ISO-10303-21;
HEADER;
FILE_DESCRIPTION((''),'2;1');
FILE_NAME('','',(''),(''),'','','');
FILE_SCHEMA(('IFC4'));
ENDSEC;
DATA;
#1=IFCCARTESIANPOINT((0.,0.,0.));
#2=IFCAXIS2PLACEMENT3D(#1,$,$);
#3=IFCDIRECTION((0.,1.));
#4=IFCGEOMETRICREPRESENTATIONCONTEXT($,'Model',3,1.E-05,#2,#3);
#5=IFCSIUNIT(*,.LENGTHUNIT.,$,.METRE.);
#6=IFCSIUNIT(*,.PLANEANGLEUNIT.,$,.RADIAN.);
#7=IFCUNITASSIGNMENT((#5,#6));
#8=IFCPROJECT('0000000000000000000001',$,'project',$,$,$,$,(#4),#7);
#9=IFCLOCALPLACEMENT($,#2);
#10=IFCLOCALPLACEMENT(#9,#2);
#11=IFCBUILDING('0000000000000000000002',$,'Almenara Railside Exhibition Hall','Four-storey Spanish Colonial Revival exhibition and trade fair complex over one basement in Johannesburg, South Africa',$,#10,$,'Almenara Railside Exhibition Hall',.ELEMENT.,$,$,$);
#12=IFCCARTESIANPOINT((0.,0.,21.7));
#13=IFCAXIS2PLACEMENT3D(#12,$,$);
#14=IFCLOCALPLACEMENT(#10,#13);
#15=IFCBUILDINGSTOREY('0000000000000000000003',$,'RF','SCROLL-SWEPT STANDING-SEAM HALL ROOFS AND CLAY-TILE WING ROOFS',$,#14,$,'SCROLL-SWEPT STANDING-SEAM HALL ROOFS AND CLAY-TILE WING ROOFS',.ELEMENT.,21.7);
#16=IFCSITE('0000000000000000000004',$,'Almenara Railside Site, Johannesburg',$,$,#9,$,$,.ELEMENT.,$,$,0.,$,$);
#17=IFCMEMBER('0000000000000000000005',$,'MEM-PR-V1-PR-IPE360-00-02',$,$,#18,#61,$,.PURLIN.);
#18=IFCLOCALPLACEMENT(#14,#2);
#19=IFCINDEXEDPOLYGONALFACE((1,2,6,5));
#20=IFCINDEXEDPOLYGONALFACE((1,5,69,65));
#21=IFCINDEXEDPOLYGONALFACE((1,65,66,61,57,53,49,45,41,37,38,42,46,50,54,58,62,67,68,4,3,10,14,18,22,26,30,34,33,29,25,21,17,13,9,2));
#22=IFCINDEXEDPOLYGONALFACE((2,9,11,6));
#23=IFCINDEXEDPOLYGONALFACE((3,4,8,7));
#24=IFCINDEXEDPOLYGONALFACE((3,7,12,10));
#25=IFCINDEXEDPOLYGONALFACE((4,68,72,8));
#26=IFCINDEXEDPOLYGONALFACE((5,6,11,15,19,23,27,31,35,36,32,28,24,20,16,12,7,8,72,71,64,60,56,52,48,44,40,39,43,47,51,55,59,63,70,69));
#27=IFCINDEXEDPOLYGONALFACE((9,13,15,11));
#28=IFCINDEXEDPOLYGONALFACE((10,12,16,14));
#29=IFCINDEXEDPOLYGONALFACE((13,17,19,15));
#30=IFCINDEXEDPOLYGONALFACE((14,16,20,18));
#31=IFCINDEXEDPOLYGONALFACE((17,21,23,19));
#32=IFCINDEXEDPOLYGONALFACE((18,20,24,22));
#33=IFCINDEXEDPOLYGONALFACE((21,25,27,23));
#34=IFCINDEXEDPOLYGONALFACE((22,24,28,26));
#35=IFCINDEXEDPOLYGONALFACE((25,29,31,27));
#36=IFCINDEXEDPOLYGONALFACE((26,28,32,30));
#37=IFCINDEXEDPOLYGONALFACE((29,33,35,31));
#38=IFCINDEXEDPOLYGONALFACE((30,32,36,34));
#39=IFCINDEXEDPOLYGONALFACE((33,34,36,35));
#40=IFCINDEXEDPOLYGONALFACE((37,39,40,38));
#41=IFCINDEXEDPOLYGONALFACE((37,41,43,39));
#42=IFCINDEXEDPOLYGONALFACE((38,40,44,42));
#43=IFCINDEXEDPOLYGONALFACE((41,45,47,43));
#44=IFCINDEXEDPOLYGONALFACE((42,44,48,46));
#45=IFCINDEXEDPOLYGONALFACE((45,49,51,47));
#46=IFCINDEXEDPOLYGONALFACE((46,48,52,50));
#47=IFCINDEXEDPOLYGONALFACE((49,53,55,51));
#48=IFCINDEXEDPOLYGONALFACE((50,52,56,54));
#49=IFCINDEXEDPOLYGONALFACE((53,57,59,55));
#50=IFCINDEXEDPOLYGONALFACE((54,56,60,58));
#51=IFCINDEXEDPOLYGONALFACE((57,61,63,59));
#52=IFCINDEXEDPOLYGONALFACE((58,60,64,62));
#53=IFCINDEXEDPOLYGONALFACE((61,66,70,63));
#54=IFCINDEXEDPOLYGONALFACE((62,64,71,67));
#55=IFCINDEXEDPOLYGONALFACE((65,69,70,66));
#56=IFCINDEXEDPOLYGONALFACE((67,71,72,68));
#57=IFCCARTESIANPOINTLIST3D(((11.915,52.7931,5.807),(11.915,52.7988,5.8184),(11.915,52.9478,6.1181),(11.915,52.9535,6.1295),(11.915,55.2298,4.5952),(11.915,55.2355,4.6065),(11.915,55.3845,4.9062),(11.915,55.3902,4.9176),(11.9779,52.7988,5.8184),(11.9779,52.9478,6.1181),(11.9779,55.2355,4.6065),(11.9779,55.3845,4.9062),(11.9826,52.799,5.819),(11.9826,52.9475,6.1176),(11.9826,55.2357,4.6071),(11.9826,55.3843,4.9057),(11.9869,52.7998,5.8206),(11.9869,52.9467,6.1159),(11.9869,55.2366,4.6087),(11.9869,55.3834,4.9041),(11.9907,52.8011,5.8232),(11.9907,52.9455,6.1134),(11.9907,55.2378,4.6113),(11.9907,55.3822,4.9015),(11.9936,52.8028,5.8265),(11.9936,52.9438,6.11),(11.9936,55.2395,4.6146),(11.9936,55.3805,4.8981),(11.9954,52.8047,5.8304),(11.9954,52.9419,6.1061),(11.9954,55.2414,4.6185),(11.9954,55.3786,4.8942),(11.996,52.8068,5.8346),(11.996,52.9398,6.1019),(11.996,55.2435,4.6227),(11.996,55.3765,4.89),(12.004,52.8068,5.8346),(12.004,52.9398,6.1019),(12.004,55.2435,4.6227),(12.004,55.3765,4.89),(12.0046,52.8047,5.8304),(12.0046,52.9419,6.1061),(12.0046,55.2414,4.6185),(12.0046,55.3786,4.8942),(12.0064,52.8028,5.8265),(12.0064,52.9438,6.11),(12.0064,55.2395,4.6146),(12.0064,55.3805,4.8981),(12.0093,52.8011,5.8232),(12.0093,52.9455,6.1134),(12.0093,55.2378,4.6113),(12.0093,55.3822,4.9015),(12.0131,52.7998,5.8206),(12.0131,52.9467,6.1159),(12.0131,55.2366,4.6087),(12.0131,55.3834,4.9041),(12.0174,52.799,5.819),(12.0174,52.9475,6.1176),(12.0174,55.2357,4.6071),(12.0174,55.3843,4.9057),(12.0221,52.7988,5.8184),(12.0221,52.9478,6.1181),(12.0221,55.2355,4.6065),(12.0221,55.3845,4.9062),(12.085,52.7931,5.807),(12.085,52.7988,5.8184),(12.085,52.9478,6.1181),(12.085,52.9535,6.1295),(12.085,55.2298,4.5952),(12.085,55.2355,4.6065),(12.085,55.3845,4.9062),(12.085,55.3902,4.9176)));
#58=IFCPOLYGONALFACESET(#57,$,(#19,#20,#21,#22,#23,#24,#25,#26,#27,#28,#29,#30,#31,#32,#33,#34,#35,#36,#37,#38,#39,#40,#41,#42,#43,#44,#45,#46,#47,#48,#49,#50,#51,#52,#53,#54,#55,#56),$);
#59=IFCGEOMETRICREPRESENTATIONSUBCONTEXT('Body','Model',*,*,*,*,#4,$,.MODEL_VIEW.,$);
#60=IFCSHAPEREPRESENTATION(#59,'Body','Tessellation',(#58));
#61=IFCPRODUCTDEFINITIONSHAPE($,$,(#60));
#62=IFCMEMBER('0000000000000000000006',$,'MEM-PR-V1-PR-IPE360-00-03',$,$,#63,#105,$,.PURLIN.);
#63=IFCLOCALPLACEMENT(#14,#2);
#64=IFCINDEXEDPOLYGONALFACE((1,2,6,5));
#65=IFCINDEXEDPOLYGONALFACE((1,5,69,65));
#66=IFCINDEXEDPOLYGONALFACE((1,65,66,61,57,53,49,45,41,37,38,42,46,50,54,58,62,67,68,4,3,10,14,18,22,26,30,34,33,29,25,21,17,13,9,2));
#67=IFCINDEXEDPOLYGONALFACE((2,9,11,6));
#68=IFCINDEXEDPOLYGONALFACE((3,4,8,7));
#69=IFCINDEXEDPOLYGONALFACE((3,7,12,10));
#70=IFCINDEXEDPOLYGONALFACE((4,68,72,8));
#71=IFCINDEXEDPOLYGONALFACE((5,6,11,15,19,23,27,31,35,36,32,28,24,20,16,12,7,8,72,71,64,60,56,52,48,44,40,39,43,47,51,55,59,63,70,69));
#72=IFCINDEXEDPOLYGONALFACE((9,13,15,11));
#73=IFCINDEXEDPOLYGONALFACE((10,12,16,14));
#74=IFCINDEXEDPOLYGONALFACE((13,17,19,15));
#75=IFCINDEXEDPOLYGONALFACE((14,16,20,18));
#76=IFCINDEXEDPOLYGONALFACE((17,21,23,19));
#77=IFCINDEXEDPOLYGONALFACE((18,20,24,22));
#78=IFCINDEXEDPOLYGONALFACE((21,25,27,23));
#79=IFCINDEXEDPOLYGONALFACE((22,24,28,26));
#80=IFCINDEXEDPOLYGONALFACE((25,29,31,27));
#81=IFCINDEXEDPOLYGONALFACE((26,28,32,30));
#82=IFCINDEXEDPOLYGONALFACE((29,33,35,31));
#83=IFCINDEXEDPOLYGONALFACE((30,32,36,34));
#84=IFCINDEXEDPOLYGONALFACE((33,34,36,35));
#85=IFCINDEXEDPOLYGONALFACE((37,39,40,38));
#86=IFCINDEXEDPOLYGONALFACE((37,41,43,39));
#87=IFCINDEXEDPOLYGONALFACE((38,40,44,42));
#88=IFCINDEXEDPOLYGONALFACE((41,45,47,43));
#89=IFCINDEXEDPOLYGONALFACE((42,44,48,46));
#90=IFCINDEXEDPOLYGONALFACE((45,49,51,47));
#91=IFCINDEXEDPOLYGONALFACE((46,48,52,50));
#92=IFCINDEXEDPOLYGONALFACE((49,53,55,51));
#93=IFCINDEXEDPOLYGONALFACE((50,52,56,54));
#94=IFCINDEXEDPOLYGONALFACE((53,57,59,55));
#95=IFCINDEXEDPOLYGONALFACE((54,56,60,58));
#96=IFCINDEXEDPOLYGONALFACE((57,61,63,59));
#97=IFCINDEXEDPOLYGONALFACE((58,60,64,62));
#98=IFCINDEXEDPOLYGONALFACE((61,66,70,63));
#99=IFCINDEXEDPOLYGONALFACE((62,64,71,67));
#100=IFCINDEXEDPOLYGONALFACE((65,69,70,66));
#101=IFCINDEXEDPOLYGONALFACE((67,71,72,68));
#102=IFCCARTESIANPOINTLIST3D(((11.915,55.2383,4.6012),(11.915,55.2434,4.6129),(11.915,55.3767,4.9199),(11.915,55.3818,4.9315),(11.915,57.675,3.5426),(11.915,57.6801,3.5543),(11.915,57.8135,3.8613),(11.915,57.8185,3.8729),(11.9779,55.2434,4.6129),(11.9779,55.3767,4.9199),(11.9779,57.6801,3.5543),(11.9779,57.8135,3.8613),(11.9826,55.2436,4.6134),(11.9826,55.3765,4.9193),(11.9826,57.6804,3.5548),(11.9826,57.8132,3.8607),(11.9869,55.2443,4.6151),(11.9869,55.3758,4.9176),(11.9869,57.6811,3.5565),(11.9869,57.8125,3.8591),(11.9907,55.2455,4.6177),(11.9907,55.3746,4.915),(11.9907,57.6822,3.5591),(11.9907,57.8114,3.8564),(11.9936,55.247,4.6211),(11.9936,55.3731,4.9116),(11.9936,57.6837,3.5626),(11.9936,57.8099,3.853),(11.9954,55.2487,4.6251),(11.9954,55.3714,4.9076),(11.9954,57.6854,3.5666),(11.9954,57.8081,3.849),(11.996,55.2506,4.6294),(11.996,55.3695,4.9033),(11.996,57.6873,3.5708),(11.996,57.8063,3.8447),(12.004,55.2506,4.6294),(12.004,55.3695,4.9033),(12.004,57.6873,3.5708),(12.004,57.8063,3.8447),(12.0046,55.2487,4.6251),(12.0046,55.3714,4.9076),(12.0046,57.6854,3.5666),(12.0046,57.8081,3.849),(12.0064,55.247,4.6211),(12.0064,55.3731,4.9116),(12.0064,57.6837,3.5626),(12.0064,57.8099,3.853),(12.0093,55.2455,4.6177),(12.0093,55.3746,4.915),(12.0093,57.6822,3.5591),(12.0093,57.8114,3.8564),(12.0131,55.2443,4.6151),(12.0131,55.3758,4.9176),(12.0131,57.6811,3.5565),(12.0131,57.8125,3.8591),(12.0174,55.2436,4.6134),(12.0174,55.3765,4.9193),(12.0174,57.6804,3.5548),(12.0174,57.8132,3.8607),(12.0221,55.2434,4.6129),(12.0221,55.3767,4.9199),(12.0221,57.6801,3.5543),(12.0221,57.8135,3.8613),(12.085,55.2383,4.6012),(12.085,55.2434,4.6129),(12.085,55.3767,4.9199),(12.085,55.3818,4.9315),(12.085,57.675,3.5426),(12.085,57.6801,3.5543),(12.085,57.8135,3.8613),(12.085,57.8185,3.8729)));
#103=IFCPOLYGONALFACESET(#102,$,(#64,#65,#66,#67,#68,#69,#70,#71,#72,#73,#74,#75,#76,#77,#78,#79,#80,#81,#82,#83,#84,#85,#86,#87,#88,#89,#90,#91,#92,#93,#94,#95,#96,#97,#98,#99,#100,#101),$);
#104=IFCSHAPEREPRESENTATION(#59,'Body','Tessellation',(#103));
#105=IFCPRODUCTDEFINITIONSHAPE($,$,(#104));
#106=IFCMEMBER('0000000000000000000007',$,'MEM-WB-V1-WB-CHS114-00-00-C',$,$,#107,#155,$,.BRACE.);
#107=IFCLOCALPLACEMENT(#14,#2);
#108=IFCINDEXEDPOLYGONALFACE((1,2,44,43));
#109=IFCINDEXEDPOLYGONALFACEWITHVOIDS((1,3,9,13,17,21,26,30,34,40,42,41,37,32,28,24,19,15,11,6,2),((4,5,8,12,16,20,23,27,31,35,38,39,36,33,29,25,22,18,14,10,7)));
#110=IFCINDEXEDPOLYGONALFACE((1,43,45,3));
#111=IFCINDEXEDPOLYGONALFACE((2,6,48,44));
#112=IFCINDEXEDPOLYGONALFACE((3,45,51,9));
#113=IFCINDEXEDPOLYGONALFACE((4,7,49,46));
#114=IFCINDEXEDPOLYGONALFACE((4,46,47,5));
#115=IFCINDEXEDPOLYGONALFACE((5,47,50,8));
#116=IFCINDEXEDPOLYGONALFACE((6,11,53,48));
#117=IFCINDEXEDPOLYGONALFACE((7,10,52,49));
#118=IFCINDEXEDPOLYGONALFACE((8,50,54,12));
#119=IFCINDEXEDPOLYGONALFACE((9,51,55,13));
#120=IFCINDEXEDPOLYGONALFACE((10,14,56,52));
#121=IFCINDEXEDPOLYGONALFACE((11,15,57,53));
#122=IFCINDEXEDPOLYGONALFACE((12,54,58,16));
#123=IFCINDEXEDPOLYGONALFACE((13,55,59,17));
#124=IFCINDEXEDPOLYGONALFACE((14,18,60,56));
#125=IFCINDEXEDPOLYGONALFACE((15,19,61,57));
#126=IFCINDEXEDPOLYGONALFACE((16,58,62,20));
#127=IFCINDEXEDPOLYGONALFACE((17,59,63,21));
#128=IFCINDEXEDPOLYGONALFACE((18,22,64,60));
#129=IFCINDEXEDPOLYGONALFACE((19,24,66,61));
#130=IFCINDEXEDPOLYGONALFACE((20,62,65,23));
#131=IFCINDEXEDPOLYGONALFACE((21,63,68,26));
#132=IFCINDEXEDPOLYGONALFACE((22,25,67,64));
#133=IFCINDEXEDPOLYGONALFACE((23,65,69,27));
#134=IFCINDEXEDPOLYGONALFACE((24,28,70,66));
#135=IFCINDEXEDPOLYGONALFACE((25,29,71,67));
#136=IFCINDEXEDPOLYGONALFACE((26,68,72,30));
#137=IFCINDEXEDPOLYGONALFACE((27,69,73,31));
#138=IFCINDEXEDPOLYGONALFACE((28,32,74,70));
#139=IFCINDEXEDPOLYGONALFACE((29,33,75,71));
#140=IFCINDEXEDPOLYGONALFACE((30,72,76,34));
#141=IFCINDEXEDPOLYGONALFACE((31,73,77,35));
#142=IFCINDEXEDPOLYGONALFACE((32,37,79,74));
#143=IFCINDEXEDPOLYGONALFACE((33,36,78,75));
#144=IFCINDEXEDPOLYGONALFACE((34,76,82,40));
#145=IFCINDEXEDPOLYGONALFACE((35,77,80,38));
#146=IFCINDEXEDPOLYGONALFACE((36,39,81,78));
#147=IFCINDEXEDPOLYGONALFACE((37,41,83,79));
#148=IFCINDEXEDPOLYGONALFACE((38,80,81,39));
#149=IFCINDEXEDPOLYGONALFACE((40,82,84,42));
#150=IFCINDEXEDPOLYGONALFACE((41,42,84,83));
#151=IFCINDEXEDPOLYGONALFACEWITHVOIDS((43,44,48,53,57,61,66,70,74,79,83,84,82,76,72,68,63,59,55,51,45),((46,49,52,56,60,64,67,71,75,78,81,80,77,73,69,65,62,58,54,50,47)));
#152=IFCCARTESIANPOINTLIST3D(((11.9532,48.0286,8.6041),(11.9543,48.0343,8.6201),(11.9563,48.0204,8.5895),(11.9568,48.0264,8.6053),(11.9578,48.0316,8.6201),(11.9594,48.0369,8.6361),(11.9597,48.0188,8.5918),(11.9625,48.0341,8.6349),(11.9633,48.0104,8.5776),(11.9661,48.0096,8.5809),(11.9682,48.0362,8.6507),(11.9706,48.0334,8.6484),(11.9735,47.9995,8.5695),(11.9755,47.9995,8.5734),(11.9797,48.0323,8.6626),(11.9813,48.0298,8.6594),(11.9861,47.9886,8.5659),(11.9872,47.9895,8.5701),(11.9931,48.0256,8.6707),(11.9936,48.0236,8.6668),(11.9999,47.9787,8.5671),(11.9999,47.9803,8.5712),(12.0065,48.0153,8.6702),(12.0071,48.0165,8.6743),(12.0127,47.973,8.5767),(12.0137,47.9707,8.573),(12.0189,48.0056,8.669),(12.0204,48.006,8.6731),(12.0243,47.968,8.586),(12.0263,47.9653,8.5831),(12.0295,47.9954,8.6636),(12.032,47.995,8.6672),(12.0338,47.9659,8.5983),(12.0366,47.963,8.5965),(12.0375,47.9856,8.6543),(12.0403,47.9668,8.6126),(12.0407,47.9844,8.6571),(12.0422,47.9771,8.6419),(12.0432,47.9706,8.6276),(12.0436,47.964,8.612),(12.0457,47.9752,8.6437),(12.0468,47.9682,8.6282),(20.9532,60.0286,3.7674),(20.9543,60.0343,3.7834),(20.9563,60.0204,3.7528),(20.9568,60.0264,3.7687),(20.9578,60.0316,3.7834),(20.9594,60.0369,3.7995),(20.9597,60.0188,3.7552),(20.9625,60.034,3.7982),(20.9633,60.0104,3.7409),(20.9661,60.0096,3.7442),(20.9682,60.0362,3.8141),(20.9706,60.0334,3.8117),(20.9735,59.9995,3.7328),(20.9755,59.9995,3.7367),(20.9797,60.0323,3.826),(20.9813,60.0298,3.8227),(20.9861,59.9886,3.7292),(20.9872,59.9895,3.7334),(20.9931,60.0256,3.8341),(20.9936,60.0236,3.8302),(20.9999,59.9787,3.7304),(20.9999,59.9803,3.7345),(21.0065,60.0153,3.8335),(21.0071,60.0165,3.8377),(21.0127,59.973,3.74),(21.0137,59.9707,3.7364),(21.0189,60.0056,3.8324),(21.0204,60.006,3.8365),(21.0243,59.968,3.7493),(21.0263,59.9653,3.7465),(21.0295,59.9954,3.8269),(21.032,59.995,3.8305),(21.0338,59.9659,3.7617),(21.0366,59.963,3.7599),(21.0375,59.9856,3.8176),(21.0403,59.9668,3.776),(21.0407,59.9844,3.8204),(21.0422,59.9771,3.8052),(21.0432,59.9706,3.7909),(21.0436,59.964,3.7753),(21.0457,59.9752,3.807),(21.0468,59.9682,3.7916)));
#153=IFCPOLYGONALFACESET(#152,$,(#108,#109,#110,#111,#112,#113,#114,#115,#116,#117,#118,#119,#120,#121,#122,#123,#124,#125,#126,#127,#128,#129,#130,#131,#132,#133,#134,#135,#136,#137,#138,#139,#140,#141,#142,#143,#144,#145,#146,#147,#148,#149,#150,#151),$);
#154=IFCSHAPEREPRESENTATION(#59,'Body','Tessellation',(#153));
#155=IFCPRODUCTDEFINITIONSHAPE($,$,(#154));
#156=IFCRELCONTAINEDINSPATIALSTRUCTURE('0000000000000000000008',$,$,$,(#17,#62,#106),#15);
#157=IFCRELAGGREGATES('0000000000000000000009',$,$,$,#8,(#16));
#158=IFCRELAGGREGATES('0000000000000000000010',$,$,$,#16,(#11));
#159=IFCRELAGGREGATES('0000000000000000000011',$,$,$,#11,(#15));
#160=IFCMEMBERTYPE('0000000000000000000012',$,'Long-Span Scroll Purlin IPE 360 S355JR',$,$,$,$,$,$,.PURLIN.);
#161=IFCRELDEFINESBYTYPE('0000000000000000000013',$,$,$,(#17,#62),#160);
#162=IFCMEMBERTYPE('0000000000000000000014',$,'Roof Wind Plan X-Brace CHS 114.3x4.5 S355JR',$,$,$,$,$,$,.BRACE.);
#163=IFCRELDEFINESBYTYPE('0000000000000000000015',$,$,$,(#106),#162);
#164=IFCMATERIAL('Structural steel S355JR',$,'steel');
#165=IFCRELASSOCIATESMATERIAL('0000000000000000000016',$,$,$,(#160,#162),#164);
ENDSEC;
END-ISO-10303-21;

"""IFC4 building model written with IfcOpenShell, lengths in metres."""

from ifc_helpers import new_model, si_unit, direction, frame, origin, origin_2d, place, context, subcontext, project, spatial, hollow_circle, i_section, extrude, material, material_profile, profile_set, type_object, element, save


model = new_model("IFC4")

# Units and contexts
model_context = context("Model", 3, precision=1e-05, world=origin(), true_north=direction((0.0, 1.0)))
body_context = subcontext(model_context, "Body", "Model", "MODEL_VIEW")
ifc_project = project(units=[si_unit("LENGTHUNIT", "METRE"), si_unit("PLANEANGLEUNIT", "RADIAN")], contexts=[model_context])

# Site, building, storey
site_placement = place(None, origin())
site = spatial("IfcSite", under=ifc_project, at=site_placement, Name="Almenara Railside Site, Johannesburg", CompositionType="ELEMENT", RefElevation=0.0)
building_placement = place(site_placement, origin())
building = spatial("IfcBuilding", under=site, at=building_placement, Name="Almenara Railside Exhibition Hall", Description="Four-storey Spanish Colonial Revival exhibition and trade fair complex over one basement in Johannesburg, South Africa", LongName="Almenara Railside Exhibition Hall", CompositionType="ELEMENT")
storey_placement = place(building_placement, frame((0.0, 0.0, 21.7)))
storey = spatial("IfcBuildingStorey", under=building, at=storey_placement, Name="RF", Description="SCROLL-SWEPT STANDING-SEAM HALL ROOFS AND CLAY-TILE WING ROOFS", LongName="SCROLL-SWEPT STANDING-SEAM HALL ROOFS AND CLAY-TILE WING ROOFS", CompositionType="ELEMENT", Elevation=21.7)

# Shared definitions
ifc_material_1 = material(Name="Structural steel S355JR", Category="steel")

# Members
ifc_material_profile_1 = material_profile(ifc_material_1, i_section(OverallWidth=0.1699, OverallDepth=0.3601, WebThickness=0.0081, FlangeThickness=0.0127, FilletRadius=0.0181, at=origin_2d()), Name="IPE 360")
ifc_profile_set_1 = profile_set([ifc_material_profile_1], Name="Structural steel S355JR")
member_type_1 = type_object("IfcMemberType", Name="Long-Span Scroll Purlin IPE 360 S355JR", PredefinedType="PURLIN", material=ifc_profile_set_1)
member_1_placement = place(storey_placement, frame((12.0, 52.8733, 5.9683), z_axis=(0.0, 0.895376, -0.445311), x_axis=(-1.0, 0.0, 0.0)))
element("IfcMember", 1, at=member_1_placement, inside=storey, type_object=member_type_1, Name="MEM-PR-V1-PR-IPE360-00-02", PredefinedType="PURLIN", context=body_context, shape_type="SweptSolid", body=[
    extrude(i_section(OverallWidth=0.1699, OverallDepth=0.3601, WebThickness=0.0081, FlangeThickness=0.0127, FilletRadius=0.0181, at=origin_2d()), origin(), (0.0, 0.0, 1.0), 2.7214),
])
member_2_placement = place(storey_placement, frame((12.0, 55.3101, 4.7664), z_axis=(0.0, 0.91719, -0.398451), x_axis=(-1.0, 0.0, 0.0)))
element("IfcMember", 2, at=member_2_placement, inside=storey, type_object=member_type_1, Name="MEM-PR-V1-PR-IPE360-00-03", PredefinedType="PURLIN", context=body_context, shape_type="SweptSolid", body=[
    extrude(i_section(OverallWidth=0.1699, OverallDepth=0.3601, WebThickness=0.0081, FlangeThickness=0.0127, FilletRadius=0.0181, at=origin_2d()), origin(), (0.0, 0.0, 1.0), 2.6567),
])
ifc_material_profile_2 = material_profile(ifc_material_1, hollow_circle(Radius=0.0571, WallThickness=0.0044, at=origin_2d()), Name="CHS 114.3x4.5")
ifc_profile_set_2 = profile_set([ifc_material_profile_2], Name="Structural steel S355JR")
member_type_2 = type_object("IfcMemberType", Name="Roof Wind Plan X-Brace CHS 114.3x4.5 S355JR", PredefinedType="BRACE", material=ifc_profile_set_2)
member_3_placement = place(storey_placement, frame((12.0, 48.0, 8.6201), z_axis=(0.571048, 0.761397, -0.306886), x_axis=(-0.8, 0.6, 0.0)))
element("IfcMember", 3, at=member_3_placement, inside=storey, type_object=member_type_2, Name="MEM-WB-V1-WB-CHS114-00-00-C", PredefinedType="BRACE", context=body_context, shape_type="SweptSolid", body=[
    extrude(hollow_circle(Radius=0.0571, WallThickness=0.0044, at=origin_2d()), origin(), (0.0, 0.0, 1.0), 15.7605),
])

save(model, "model.ifc")
